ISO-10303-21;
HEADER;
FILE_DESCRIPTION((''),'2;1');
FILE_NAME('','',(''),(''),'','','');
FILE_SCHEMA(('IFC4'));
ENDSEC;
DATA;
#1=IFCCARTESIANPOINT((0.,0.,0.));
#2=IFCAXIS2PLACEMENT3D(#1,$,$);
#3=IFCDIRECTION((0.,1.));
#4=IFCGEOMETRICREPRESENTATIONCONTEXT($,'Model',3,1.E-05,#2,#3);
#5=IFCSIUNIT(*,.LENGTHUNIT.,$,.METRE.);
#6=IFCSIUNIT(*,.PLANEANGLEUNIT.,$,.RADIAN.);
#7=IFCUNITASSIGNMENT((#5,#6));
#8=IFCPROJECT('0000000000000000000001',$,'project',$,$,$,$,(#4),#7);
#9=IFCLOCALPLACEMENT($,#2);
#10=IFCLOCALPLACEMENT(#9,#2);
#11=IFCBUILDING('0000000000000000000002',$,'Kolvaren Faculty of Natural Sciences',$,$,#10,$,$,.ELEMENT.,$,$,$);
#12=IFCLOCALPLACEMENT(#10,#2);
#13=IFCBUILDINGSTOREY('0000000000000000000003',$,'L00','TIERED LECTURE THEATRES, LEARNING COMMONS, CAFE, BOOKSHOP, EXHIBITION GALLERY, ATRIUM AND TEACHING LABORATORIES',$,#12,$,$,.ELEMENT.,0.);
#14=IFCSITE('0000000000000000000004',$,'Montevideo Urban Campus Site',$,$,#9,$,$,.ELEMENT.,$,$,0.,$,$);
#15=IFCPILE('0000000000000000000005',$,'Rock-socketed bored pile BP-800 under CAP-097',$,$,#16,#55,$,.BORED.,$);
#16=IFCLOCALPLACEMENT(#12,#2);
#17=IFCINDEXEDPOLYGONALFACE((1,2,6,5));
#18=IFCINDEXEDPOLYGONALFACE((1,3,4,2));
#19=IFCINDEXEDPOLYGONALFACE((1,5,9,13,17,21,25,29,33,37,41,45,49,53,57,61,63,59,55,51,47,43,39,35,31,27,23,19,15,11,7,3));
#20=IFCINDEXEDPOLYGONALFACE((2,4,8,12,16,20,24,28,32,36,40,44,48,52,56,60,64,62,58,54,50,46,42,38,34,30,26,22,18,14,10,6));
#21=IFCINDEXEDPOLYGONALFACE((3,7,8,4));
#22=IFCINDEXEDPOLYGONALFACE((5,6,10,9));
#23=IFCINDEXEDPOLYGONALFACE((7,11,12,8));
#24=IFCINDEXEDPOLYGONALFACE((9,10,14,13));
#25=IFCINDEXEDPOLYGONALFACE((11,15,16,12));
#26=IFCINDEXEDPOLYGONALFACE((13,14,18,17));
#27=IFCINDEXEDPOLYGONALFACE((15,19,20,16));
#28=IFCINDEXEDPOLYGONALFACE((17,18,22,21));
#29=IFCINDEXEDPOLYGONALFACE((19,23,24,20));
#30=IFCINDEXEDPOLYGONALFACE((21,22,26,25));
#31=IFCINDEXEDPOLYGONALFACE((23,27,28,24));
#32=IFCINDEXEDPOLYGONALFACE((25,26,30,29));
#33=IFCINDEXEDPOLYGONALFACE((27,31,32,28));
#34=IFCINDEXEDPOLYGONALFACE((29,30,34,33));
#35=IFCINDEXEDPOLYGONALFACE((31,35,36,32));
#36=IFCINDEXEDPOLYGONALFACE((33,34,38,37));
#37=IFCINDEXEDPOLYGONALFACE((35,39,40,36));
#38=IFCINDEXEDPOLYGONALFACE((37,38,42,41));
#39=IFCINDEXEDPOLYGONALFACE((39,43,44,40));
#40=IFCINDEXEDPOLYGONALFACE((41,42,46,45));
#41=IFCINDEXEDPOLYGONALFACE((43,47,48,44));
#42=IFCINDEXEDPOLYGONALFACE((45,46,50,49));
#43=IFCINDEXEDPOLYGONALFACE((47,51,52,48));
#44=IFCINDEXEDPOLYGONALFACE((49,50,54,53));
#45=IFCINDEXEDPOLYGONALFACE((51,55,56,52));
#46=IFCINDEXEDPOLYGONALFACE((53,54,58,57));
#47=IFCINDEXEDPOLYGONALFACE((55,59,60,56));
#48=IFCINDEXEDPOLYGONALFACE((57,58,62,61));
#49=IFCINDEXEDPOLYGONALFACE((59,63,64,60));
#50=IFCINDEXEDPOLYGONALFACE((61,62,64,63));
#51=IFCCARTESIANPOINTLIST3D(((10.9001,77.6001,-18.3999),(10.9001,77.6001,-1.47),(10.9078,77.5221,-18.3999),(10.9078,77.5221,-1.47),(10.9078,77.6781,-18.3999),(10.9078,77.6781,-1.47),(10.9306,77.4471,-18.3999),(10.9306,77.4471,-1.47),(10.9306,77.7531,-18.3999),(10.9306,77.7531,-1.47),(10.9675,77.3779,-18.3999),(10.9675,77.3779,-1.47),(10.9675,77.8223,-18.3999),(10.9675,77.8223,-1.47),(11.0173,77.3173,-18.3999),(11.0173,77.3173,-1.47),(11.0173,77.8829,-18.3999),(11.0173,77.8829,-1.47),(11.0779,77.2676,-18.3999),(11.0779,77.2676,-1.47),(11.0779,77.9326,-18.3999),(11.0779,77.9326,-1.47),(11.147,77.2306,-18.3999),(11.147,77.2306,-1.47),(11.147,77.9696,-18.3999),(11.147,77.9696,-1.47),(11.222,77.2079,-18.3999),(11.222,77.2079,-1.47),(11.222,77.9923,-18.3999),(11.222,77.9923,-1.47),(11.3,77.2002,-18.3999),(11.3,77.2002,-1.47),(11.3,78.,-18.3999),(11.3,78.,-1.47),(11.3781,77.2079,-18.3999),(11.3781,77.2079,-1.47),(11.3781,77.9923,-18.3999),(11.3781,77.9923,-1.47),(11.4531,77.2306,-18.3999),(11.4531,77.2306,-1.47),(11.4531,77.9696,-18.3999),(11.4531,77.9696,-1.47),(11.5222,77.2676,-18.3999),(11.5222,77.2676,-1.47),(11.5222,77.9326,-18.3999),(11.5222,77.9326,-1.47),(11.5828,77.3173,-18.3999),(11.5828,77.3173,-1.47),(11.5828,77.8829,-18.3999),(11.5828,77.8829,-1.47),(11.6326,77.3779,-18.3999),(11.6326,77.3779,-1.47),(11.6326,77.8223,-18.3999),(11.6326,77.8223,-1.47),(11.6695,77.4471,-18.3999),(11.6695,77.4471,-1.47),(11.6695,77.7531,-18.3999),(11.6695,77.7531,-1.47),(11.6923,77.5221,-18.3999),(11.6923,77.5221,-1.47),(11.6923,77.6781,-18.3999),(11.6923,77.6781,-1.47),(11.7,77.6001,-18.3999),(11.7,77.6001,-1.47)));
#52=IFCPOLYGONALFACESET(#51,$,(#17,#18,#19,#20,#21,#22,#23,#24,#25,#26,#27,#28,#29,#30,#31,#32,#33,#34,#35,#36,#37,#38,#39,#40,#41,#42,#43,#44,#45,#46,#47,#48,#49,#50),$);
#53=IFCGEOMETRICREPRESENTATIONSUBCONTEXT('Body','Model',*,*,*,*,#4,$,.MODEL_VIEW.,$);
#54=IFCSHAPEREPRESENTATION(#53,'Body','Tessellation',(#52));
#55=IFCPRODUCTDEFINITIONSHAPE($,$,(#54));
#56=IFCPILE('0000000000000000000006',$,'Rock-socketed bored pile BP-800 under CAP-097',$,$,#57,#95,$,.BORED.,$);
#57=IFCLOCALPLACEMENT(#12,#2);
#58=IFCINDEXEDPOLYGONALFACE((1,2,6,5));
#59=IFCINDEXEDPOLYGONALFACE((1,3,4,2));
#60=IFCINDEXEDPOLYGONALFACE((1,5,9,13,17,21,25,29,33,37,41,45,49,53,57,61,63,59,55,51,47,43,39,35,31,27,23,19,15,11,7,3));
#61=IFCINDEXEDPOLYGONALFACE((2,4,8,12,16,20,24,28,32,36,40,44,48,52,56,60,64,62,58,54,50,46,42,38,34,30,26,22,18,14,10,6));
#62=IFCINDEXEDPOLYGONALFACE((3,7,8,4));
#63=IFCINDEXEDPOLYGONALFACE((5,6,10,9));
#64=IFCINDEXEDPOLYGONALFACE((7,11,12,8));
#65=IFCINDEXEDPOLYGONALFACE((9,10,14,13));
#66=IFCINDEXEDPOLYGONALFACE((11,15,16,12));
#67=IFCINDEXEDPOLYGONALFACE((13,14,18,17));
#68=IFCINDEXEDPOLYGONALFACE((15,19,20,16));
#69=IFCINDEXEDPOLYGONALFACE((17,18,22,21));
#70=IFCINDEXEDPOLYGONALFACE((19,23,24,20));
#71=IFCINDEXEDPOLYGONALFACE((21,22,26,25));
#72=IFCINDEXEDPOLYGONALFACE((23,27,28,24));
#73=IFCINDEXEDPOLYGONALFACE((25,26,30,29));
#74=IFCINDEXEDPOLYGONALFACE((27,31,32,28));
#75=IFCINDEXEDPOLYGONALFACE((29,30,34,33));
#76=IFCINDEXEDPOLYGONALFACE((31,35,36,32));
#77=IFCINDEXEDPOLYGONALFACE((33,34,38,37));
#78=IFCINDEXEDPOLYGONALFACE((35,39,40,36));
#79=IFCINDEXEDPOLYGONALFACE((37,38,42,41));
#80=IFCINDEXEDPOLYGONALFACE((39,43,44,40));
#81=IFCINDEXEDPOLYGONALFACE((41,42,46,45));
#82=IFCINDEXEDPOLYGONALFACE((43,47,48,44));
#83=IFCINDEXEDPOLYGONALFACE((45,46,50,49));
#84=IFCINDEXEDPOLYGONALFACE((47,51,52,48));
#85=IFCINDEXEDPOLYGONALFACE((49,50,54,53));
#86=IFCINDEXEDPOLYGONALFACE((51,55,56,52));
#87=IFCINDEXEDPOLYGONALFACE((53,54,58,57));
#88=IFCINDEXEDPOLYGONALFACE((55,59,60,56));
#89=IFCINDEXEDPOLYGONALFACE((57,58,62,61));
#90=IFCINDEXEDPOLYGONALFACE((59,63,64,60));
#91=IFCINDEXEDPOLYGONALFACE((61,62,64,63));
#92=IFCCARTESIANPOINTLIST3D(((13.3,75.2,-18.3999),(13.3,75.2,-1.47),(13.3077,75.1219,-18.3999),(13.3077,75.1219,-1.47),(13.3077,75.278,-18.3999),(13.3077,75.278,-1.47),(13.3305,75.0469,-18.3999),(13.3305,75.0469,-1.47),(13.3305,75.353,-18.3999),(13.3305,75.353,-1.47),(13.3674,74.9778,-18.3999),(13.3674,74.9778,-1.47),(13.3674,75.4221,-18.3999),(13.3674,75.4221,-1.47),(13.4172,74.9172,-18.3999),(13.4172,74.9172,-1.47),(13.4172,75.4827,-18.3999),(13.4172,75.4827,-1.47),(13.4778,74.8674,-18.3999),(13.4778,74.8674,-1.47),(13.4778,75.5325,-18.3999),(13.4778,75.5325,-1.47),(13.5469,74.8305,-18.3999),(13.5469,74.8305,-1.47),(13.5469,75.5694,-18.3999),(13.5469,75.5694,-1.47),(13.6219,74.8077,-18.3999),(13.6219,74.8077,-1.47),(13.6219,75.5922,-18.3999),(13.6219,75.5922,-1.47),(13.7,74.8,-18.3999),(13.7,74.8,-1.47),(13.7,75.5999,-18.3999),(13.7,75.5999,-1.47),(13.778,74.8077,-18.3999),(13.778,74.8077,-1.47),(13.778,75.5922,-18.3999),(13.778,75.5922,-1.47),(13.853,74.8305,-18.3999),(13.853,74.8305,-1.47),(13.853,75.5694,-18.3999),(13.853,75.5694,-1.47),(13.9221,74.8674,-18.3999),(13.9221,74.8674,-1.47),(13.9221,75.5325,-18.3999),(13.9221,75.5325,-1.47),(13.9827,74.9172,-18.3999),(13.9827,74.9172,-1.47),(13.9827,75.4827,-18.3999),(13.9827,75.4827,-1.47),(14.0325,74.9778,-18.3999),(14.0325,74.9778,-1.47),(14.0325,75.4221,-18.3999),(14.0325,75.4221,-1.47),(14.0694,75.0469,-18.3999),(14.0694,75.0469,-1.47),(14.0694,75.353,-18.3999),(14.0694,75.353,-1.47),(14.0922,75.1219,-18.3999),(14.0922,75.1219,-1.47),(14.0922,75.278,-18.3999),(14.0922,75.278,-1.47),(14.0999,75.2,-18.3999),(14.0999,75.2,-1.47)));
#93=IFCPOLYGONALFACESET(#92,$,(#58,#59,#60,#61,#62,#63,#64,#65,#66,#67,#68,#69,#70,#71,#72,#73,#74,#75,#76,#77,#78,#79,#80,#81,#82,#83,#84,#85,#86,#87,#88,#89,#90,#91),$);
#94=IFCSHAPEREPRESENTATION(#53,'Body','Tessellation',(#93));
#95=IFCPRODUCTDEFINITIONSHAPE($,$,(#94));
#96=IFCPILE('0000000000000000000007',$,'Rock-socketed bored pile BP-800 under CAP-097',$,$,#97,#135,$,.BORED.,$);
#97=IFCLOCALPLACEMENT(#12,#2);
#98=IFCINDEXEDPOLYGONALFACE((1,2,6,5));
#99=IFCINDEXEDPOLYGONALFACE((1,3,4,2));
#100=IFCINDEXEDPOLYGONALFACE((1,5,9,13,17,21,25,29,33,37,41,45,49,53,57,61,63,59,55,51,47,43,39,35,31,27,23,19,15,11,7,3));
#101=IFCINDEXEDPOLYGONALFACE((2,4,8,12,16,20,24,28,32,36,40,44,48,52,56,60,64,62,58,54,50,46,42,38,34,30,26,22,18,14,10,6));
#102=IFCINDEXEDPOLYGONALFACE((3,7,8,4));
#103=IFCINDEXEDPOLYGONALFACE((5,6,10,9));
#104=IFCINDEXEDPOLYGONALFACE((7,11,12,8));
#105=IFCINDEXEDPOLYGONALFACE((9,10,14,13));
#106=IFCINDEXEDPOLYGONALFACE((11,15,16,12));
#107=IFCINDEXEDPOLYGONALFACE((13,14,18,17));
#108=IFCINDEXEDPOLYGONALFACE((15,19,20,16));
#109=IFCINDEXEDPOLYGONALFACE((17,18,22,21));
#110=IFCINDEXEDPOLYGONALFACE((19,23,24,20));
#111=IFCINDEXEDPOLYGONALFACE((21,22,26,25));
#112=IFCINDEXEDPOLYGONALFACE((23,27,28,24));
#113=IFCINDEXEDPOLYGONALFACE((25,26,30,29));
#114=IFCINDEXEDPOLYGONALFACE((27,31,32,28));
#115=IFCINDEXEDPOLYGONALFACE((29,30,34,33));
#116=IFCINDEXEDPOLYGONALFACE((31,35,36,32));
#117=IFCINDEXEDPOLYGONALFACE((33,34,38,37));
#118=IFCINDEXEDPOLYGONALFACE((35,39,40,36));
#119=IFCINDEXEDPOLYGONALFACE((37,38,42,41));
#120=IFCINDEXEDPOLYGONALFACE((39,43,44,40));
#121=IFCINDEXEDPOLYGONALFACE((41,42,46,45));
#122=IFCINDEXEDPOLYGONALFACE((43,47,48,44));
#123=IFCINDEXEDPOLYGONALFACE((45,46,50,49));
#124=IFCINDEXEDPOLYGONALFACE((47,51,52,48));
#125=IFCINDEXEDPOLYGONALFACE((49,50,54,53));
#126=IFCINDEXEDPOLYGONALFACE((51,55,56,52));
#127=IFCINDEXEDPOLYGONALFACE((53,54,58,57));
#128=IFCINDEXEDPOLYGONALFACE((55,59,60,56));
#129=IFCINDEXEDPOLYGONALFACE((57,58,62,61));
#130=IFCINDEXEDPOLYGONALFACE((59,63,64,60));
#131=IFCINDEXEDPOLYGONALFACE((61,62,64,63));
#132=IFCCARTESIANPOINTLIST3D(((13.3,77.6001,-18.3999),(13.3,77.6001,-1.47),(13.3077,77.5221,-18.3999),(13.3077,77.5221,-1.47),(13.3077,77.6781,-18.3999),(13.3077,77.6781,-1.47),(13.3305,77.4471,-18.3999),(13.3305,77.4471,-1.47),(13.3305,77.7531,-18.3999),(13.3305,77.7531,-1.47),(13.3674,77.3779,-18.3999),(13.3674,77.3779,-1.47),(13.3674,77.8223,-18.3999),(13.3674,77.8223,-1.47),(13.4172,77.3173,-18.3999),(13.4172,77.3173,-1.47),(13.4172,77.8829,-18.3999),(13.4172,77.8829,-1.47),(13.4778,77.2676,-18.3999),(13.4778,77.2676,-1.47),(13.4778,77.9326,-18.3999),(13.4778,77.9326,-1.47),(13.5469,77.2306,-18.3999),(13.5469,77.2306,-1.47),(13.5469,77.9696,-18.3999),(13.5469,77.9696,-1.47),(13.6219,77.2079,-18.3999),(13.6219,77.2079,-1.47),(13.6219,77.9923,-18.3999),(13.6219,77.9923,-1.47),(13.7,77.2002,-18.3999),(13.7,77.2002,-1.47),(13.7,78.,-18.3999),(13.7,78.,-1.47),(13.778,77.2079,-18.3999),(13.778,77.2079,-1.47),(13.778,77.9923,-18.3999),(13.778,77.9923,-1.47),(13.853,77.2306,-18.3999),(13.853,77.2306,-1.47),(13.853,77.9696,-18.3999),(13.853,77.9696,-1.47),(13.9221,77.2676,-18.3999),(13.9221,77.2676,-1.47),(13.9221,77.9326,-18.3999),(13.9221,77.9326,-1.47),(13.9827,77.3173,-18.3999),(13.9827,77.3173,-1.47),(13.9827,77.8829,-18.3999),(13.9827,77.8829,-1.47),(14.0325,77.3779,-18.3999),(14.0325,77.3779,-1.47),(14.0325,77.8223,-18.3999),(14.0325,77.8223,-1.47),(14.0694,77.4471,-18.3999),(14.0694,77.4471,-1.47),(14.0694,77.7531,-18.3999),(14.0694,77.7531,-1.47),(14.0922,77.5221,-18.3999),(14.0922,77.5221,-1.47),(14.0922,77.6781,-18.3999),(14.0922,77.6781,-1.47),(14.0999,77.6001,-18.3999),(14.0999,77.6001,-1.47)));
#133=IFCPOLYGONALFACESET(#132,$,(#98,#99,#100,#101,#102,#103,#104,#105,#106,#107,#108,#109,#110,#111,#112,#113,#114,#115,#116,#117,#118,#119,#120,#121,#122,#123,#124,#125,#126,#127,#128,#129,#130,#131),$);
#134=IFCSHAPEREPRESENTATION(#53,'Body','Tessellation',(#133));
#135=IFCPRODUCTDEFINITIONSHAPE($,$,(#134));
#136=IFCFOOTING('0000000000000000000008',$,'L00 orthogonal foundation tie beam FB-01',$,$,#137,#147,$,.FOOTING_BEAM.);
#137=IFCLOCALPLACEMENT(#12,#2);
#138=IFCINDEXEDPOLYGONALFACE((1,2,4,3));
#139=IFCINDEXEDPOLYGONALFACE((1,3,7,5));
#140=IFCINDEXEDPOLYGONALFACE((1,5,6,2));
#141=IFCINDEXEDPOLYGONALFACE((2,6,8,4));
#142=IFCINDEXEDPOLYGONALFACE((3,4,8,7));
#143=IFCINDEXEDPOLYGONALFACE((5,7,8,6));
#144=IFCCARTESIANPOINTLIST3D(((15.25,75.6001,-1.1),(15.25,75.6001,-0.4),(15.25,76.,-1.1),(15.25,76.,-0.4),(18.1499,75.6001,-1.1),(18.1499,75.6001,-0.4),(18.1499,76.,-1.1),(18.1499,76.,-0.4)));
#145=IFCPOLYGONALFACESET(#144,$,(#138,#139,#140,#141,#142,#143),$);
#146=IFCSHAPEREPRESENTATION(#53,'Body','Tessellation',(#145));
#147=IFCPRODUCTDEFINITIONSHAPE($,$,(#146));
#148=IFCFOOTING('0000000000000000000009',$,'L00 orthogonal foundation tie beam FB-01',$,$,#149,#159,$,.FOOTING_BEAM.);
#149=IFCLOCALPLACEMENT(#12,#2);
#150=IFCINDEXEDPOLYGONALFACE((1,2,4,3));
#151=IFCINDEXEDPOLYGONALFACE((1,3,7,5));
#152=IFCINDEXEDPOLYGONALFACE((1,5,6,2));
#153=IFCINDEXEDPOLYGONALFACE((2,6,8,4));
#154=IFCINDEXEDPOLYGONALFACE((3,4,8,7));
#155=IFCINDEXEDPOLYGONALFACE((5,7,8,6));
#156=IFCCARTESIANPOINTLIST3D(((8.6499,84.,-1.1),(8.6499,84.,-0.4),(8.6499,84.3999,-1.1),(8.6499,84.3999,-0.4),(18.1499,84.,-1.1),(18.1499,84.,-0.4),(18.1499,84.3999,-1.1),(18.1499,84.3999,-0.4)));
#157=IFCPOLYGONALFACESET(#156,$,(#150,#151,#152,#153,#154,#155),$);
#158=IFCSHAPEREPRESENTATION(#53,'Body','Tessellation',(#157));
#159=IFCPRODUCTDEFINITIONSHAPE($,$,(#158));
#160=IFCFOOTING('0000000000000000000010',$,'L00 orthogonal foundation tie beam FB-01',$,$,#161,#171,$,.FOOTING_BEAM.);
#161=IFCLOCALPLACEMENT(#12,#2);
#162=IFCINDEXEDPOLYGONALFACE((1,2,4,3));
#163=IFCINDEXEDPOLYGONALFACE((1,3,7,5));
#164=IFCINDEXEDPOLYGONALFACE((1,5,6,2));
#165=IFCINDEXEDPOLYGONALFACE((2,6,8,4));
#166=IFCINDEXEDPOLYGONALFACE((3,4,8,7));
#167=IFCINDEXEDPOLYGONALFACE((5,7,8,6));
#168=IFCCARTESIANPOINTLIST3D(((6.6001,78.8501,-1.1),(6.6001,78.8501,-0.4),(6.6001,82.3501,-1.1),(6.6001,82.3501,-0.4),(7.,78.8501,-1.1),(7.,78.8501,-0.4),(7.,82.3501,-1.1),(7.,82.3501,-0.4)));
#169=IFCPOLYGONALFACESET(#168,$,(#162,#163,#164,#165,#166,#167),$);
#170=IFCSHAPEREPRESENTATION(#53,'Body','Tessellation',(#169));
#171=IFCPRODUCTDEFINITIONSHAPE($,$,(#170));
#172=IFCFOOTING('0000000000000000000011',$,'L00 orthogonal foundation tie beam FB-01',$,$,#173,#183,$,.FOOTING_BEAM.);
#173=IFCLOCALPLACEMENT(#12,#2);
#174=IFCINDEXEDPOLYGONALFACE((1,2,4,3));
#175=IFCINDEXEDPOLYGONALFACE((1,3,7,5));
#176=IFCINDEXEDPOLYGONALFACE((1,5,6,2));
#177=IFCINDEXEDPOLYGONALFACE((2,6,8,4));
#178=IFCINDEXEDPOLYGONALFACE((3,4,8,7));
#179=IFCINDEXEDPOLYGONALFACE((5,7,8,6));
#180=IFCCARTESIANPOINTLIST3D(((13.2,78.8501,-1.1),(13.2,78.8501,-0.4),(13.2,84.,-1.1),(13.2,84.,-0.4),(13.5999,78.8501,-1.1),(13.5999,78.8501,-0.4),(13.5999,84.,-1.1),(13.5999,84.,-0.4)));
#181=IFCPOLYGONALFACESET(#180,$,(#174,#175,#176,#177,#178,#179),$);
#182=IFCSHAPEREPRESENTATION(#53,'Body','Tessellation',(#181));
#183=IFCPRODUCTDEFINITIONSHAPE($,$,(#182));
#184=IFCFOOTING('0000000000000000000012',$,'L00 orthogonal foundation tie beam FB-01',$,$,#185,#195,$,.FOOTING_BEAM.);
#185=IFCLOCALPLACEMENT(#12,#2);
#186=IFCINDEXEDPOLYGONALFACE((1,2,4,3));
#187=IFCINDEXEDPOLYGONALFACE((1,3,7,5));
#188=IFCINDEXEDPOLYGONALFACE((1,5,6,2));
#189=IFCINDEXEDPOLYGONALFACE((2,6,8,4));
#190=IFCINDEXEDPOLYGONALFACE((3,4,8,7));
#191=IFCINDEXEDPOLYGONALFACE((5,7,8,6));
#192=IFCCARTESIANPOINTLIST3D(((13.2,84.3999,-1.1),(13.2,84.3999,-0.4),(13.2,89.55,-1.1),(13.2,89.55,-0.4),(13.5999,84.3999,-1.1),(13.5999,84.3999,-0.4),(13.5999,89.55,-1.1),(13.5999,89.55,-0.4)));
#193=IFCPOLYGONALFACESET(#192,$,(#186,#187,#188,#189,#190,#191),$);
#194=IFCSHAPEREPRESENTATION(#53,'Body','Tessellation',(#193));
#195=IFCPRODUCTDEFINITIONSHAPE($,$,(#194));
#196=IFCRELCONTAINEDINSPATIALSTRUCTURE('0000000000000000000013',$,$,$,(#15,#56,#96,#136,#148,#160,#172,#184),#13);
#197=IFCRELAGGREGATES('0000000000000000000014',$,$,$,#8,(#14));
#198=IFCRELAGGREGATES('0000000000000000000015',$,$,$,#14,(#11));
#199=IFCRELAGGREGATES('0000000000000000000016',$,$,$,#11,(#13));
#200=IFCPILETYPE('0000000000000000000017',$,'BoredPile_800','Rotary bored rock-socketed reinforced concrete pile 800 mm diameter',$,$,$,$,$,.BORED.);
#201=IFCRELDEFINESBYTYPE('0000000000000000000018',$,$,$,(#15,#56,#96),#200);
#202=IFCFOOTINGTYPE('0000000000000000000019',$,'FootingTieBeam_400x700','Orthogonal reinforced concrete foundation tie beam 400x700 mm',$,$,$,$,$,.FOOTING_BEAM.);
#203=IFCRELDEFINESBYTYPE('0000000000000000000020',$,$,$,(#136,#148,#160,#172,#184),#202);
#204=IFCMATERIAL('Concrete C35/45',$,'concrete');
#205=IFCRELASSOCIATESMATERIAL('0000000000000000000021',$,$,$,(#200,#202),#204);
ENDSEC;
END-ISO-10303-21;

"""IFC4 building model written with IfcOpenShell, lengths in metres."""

from ifc_helpers import new_model, si_unit, direction, frame, origin, origin_2d, place, context, subcontext, project, spatial, rectangle, circle, extrude, material, material_profile, profile_set, type_object, element, save


model = new_model("IFC4")

# Units and contexts
model_context = context("Model", 3, precision=1e-05, world=origin(), true_north=direction((0.0, 1.0)))
body_context = subcontext(model_context, "Body", "Model", "MODEL_VIEW")
ifc_project = project(units=[si_unit("LENGTHUNIT", "METRE"), si_unit("PLANEANGLEUNIT", "RADIAN")], contexts=[model_context])

# Site, building, storey
site_placement = place(None, origin())
site = spatial("IfcSite", under=ifc_project, at=site_placement, Name="Montevideo Urban Campus Site", CompositionType="ELEMENT", RefElevation=0.0)
building_placement = place(site_placement, origin())
building = spatial("IfcBuilding", under=site, at=building_placement, Name="Kolvaren Faculty of Natural Sciences", CompositionType="ELEMENT")
storey_placement = place(building_placement, origin())
storey = spatial("IfcBuildingStorey", under=building, at=storey_placement, Name="L00", Description="TIERED LECTURE THEATRES, LEARNING COMMONS, CAFE, BOOKSHOP, EXHIBITION GALLERY, ATRIUM AND TEACHING LABORATORIES", CompositionType="ELEMENT", Elevation=0.0)

# Piles
ifc_material_1 = material(Name="Concrete C35/45", Category="concrete")
ifc_material_profile_1 = material_profile(ifc_material_1, circle(Radius=0.3999, at=origin_2d()), Name="PILE D800")
ifc_profile_set_1 = profile_set([ifc_material_profile_1], Name="Concrete C35/45")
pile_type_1 = type_object("IfcPileType", Name="BoredPile_800", Description="Rotary bored rock-socketed reinforced concrete pile 800 mm diameter", PredefinedType="BORED", material=ifc_profile_set_1)
for number, where, z_axis, x_axis, name in (
    (1, (11.3, 77.6001, -1.47), (0.0, 0.0, -1.0), (1.0, 0.0, 0.0), "Rock-socketed bored pile BP-800 under CAP-097"),
    (2, (13.7, 75.2, -1.47), (0.0, 0.0, -1.0), (1.0, 0.0, 0.0), "Rock-socketed bored pile BP-800 under CAP-097"),
    (3, (13.7, 77.6001, -1.47), (0.0, 0.0, -1.0), (1.0, 0.0, 0.0), "Rock-socketed bored pile BP-800 under CAP-097"),
):
    element("IfcPile", number, at=place(storey_placement, frame(where, z_axis=z_axis, x_axis=x_axis)), inside=storey, type_object=pile_type_1, Name=name, PredefinedType="BORED", context=body_context, shape_type="SweptSolid", body=[
        extrude(circle(Radius=0.3999, at=origin_2d()), origin(), (0.0, 0.0, 1.0), 16.9299),
    ])

# Footings
ifc_material_profile_2 = material_profile(ifc_material_1, rectangle(XDim=0.3999, YDim=0.7, at=origin_2d()), Name="RC FB 400x700")
ifc_profile_set_2 = profile_set([ifc_material_profile_2], Name="Concrete C35/45")
footing_type_1 = type_object("IfcFootingType", Name="FootingTieBeam_400x700", Description="Orthogonal reinforced concrete foundation tie beam 400x700 mm", PredefinedType="FOOTING_BEAM", material=ifc_profile_set_2)
footing_1_placement = place(storey_placement, frame((15.25, 75.8, -0.75), z_axis=(1.0, 0.0, 0.0), x_axis=(0.0, 1.0, 0.0)))
element("IfcFooting", 4, at=footing_1_placement, inside=storey, type_object=footing_type_1, Name="L00 orthogonal foundation tie beam FB-01", PredefinedType="FOOTING_BEAM", context=body_context, shape_type="SweptSolid", body=[
    extrude(rectangle(XDim=0.3999, YDim=0.7, at=origin_2d()), origin(), (0.0, 0.0, 1.0), 2.8999),
])
footing_2_placement = place(storey_placement, frame((8.6499, 84.2, -0.75), z_axis=(1.0, 0.0, 0.0), x_axis=(0.0, 1.0, 0.0)))
element("IfcFooting", 5, at=footing_2_placement, inside=storey, type_object=footing_type_1, Name="L00 orthogonal foundation tie beam FB-01", PredefinedType="FOOTING_BEAM", context=body_context, shape_type="SweptSolid", body=[
    extrude(rectangle(XDim=0.3999, YDim=0.7, at=origin_2d()), origin(), (0.0, 0.0, 1.0), 9.5),
])
footing_3_placement = place(storey_placement, frame((6.8, 78.8501, -0.75), z_axis=(0.0, 1.0, 0.0), x_axis=(-1.0, 0.0, 0.0)))
element("IfcFooting", 6, at=footing_3_placement, inside=storey, type_object=footing_type_1, Name="L00 orthogonal foundation tie beam FB-01", PredefinedType="FOOTING_BEAM", context=body_context, shape_type="SweptSolid", body=[
    extrude(rectangle(XDim=0.3999, YDim=0.7, at=origin_2d()), origin(), (0.0, 0.0, 1.0), 3.5),
])
footing_4_placement = place(storey_placement, frame((13.3999, 78.8501, -0.75), z_axis=(0.0, 1.0, 0.0), x_axis=(-1.0, 0.0, 0.0)))
element("IfcFooting", 7, at=footing_4_placement, inside=storey, type_object=footing_type_1, Name="L00 orthogonal foundation tie beam FB-01", PredefinedType="FOOTING_BEAM", context=body_context, shape_type="SweptSolid", body=[
    extrude(rectangle(XDim=0.3999, YDim=0.7, at=origin_2d()), origin(), (0.0, 0.0, 1.0), 5.1499),
])
footing_5_placement = place(storey_placement, frame((13.3999, 84.3999, -0.75), z_axis=(0.0, 1.0, 0.0), x_axis=(-1.0, 0.0, 0.0)))
element("IfcFooting", 8, at=footing_5_placement, inside=storey, type_object=footing_type_1, Name="L00 orthogonal foundation tie beam FB-01", PredefinedType="FOOTING_BEAM", context=body_context, shape_type="SweptSolid", body=[
    extrude(rectangle(XDim=0.3999, YDim=0.7, at=origin_2d()), origin(), (0.0, 0.0, 1.0), 5.1501),
])

save(model, "model.ifc")
